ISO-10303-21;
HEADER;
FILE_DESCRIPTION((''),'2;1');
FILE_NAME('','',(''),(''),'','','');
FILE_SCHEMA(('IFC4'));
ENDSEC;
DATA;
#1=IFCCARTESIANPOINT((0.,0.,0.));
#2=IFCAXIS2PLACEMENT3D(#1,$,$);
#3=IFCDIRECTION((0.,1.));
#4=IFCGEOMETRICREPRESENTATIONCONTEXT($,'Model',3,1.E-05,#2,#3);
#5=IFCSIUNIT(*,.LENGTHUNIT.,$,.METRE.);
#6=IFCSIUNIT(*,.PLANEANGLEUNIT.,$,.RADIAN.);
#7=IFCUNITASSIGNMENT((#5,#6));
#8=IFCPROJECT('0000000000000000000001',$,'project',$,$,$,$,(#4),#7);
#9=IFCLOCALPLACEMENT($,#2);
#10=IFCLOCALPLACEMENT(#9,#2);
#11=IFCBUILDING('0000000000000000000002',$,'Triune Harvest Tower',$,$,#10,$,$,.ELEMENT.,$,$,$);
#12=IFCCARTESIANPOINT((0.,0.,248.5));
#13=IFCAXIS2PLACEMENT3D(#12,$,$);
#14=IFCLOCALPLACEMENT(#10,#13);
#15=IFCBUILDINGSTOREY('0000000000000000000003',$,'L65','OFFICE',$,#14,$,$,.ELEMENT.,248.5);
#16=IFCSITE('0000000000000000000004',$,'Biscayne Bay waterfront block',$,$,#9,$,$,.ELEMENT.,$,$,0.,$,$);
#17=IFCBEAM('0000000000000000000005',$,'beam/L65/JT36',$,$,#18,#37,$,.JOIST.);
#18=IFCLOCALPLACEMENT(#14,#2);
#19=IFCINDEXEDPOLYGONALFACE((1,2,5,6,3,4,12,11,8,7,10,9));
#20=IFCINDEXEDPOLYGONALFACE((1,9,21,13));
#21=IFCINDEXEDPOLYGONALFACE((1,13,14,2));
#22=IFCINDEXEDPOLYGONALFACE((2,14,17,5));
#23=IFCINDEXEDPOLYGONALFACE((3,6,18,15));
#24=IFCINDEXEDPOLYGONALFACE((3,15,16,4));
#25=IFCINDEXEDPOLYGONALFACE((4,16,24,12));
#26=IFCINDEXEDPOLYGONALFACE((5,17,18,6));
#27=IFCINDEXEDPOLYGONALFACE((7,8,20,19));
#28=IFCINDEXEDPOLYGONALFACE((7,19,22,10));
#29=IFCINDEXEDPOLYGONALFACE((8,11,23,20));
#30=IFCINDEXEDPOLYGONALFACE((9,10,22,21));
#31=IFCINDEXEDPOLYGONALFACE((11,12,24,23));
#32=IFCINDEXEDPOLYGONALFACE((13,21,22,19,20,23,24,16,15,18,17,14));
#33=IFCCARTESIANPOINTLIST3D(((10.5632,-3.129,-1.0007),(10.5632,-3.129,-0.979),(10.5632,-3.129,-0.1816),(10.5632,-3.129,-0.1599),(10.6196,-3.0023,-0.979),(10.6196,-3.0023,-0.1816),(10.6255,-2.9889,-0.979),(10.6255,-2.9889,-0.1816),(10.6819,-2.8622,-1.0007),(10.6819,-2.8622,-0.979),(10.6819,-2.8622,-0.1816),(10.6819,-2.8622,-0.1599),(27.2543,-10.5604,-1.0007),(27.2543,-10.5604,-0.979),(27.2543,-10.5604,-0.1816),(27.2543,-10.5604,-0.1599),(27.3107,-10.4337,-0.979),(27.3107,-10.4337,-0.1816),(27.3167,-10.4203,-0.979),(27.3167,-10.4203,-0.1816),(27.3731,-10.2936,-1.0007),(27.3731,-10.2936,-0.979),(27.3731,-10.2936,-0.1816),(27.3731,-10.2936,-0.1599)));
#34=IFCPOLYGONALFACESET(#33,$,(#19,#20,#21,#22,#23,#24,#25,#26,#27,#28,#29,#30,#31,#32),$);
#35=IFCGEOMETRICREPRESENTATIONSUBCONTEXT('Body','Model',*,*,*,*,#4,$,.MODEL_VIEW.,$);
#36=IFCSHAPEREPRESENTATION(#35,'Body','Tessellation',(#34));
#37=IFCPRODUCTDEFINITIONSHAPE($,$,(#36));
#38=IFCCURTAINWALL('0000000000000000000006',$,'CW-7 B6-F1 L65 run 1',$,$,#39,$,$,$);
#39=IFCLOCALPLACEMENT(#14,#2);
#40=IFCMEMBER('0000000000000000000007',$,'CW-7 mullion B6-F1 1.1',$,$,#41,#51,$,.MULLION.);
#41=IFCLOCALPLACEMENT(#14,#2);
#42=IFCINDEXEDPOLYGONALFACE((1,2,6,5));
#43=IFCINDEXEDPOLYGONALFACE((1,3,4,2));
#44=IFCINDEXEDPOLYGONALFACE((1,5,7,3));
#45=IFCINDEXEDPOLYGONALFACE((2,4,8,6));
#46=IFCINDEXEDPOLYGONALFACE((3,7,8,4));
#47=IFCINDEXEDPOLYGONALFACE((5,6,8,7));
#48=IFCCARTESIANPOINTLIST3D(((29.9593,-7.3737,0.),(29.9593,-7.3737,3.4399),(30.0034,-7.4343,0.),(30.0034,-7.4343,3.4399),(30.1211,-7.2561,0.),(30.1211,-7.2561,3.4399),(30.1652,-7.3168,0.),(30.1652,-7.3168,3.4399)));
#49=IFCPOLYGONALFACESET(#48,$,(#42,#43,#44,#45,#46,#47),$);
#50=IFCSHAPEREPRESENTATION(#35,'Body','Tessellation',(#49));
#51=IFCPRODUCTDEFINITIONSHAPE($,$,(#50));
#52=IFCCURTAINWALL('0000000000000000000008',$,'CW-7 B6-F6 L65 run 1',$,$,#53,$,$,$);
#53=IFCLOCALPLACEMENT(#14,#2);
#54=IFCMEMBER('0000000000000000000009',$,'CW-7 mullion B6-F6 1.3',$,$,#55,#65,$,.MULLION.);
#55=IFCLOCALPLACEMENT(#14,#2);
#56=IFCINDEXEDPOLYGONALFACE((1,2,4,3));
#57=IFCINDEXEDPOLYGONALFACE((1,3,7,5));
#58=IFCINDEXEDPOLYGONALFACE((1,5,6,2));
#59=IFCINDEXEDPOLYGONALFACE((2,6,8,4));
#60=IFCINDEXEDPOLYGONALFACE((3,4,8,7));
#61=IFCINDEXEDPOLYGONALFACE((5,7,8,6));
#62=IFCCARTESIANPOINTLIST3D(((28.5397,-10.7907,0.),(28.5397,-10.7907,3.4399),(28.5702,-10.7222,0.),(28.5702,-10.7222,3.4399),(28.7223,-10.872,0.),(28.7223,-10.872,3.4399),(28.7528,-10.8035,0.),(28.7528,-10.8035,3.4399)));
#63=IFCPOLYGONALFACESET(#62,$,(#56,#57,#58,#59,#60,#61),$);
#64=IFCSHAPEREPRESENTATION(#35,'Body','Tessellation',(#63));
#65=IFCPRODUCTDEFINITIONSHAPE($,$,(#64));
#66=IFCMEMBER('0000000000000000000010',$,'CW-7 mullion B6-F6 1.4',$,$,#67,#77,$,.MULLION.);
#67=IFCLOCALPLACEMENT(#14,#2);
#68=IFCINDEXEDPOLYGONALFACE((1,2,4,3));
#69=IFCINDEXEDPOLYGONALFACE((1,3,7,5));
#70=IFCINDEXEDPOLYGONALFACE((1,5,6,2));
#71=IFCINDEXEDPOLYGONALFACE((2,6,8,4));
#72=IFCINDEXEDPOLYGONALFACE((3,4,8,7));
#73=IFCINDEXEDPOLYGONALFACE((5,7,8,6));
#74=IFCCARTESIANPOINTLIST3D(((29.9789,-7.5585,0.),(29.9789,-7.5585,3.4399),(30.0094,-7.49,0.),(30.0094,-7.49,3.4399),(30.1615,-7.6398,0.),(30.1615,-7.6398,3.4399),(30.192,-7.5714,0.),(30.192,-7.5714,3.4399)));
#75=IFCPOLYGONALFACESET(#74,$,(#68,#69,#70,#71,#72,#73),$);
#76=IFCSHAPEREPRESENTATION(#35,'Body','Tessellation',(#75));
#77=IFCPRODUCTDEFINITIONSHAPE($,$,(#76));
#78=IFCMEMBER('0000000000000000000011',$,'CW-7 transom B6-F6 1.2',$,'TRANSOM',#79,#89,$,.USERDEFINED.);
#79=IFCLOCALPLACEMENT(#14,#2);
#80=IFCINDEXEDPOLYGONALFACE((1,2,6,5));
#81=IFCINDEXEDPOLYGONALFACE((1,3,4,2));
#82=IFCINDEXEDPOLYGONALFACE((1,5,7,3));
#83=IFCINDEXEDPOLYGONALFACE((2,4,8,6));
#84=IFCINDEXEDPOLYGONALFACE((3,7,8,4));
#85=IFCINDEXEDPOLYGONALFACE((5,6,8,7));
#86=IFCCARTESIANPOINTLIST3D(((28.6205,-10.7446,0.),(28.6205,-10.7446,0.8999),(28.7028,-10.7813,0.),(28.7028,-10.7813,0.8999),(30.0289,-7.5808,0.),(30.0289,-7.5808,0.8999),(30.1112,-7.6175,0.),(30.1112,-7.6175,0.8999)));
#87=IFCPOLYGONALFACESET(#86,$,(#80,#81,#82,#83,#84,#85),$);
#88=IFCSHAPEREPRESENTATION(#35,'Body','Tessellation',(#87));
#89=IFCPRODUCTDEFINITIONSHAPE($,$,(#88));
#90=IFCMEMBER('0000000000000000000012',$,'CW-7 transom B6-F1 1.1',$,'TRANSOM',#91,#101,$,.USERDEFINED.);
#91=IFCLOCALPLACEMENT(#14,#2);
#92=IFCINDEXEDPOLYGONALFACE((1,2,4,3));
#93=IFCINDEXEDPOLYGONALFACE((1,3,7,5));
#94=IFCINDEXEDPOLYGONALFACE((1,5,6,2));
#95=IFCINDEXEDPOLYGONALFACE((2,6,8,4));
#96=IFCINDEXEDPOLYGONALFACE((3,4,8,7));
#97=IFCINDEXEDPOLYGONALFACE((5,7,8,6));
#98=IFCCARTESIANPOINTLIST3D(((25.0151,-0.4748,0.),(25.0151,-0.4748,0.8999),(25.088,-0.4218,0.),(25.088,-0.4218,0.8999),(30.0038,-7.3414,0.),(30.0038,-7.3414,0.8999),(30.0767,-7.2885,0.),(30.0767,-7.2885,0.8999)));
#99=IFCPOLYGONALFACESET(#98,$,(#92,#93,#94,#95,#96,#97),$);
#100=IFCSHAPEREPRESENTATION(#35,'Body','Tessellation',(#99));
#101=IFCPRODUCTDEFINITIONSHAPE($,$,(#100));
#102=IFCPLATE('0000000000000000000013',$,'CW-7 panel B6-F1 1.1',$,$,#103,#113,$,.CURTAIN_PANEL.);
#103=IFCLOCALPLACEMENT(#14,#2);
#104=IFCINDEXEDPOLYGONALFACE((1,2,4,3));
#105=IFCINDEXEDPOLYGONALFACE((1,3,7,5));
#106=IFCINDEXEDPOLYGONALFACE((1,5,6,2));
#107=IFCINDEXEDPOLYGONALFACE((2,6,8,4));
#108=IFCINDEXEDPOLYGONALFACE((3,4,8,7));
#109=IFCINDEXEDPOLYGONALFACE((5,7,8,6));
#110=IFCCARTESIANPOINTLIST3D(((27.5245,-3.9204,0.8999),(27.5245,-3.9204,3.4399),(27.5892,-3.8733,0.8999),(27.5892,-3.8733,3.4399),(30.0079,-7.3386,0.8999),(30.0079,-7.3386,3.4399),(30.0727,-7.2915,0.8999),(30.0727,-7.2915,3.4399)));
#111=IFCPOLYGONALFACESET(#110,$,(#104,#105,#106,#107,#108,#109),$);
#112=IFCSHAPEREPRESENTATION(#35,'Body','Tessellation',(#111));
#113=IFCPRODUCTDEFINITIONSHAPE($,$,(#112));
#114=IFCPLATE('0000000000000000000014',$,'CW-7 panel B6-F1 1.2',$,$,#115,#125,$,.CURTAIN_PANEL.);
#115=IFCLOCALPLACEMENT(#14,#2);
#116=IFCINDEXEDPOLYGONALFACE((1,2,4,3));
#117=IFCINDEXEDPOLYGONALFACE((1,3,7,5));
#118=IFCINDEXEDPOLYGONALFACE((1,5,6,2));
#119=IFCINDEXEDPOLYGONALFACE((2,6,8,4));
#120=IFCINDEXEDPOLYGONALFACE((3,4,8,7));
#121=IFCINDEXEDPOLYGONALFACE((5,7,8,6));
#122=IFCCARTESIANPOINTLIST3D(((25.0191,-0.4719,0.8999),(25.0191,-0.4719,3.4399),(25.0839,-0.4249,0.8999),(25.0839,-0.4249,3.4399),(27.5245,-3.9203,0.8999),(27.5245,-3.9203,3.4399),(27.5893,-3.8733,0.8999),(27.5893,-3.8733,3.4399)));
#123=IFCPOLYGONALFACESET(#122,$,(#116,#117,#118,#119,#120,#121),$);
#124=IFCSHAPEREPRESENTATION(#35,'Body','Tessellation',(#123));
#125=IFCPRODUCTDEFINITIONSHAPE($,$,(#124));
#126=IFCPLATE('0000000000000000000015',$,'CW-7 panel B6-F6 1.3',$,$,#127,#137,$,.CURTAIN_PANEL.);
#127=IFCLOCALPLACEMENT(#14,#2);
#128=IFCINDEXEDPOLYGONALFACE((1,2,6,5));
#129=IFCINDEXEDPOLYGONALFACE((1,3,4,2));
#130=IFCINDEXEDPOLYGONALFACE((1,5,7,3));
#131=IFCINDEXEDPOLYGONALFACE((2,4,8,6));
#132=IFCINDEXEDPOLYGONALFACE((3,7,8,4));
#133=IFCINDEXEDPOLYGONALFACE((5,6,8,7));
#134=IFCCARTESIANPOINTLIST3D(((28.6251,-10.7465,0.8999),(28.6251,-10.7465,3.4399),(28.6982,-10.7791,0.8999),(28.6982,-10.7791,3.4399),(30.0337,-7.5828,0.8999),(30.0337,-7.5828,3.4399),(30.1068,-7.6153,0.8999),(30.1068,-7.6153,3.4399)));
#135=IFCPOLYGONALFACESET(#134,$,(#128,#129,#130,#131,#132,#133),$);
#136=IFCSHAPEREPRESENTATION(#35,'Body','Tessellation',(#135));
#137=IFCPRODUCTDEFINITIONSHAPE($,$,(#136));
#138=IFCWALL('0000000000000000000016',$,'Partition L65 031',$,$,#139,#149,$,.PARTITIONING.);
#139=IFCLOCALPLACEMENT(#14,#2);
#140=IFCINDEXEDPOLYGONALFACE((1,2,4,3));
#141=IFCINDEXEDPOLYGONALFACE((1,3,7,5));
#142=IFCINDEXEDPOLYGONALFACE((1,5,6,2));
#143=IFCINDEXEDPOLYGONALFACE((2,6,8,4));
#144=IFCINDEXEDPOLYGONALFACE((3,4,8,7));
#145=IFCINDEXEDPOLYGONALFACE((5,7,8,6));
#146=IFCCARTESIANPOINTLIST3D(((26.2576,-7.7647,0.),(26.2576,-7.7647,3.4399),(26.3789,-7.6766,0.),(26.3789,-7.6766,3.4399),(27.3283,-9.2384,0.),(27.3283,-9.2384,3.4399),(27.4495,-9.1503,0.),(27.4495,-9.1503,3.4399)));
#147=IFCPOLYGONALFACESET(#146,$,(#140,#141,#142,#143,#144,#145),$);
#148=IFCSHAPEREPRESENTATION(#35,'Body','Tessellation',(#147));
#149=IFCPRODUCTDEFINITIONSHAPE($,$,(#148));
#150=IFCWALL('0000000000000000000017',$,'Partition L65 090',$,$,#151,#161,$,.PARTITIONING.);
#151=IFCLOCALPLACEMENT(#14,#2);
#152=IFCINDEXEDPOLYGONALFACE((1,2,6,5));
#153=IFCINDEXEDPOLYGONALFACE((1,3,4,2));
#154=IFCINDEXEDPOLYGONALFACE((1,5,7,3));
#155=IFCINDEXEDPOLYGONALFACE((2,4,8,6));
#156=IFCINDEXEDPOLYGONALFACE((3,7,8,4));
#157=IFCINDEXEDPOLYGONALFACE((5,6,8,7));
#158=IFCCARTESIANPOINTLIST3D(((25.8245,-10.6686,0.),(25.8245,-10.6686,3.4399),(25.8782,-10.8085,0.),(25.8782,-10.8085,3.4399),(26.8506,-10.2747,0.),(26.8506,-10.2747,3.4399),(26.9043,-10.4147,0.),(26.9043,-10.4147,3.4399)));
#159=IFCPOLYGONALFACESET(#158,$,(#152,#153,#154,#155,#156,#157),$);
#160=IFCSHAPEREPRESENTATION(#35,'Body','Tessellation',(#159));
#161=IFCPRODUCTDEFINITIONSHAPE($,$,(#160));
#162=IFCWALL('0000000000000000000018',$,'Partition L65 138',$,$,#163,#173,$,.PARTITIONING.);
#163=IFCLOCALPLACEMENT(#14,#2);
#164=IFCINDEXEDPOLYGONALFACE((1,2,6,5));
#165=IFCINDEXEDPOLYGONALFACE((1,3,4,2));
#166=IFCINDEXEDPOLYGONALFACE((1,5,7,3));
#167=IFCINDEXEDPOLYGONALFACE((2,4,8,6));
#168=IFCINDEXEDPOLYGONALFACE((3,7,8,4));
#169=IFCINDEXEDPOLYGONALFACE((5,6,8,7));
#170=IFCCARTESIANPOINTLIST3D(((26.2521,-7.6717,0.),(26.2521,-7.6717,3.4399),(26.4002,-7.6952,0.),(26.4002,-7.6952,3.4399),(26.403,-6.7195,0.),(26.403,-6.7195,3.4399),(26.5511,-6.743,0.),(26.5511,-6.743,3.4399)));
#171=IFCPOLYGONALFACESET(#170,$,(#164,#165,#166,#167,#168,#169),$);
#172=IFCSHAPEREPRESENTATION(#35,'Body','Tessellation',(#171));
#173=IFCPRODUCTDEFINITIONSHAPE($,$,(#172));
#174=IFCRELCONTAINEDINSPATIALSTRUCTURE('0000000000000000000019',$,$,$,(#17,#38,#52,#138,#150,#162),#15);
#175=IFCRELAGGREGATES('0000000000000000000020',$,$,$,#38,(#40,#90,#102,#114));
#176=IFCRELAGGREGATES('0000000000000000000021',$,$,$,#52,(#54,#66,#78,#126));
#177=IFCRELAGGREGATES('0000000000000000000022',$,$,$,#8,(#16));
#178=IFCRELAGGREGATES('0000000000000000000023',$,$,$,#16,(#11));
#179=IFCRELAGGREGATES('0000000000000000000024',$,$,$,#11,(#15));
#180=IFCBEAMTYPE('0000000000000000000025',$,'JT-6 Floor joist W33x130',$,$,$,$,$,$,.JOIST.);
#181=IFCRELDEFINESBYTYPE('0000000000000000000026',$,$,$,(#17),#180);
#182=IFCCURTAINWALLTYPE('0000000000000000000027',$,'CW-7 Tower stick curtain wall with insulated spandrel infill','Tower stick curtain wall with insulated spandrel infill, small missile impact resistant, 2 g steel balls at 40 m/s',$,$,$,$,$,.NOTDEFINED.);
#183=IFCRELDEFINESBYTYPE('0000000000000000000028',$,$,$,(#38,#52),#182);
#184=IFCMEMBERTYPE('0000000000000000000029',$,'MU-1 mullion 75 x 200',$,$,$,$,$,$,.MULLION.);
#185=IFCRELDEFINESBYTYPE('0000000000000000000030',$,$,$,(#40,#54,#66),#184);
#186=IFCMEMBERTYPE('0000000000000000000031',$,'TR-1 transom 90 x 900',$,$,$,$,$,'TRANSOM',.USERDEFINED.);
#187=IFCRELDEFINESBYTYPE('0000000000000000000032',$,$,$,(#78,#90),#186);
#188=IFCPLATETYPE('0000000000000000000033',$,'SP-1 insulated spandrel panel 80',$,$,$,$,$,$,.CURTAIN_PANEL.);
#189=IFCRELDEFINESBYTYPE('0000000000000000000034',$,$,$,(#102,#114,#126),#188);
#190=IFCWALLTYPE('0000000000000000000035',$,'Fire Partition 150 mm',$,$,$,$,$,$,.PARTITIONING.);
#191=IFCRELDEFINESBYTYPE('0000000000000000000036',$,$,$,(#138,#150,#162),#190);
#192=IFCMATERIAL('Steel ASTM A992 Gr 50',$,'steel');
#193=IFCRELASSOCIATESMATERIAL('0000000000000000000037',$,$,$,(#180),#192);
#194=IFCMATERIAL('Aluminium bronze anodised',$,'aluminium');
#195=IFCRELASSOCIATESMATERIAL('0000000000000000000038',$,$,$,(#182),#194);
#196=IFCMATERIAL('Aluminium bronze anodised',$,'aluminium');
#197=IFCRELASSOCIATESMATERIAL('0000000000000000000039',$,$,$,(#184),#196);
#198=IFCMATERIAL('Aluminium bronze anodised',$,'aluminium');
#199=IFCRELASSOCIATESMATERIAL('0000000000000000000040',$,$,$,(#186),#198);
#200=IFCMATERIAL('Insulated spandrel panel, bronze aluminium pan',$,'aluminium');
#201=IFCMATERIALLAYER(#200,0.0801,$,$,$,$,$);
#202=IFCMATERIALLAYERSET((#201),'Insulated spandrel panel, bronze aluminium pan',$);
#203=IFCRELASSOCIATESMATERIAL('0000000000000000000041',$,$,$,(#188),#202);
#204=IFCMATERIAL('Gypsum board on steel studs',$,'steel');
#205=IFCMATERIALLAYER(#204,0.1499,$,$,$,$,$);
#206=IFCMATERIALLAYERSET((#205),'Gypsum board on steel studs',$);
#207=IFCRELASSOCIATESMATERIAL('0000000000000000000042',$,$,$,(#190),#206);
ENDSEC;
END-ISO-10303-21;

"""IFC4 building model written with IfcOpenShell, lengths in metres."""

from ifc_helpers import new_model, si_unit, direction, frame, frame_2d, origin, origin_2d, place, context, subcontext, project, spatial, rectangle, i_section, extrude, source, transform, mapped, material, layer, layer_set, material_profile, profile_set, type_object, element, aggregate, save


model = new_model("IFC4")

# Units and contexts
model_context = context("Model", 3, precision=1e-05, world=origin(), true_north=direction((0.0, 1.0)))
body_context = subcontext(model_context, "Body", "Model", "MODEL_VIEW")
ifc_project = project(units=[si_unit("LENGTHUNIT", "METRE"), si_unit("PLANEANGLEUNIT", "RADIAN")], contexts=[model_context])

# Site, building, storey
site_placement = place(None, origin())
site = spatial("IfcSite", under=ifc_project, at=site_placement, Name="Biscayne Bay waterfront block", CompositionType="ELEMENT", RefElevation=0.0)
building_placement = place(site_placement, origin())
building = spatial("IfcBuilding", under=site, at=building_placement, Name="Triune Harvest Tower", CompositionType="ELEMENT")
storey_placement = place(building_placement, frame((0.0, 0.0, 248.5)))
storey = spatial("IfcBuildingStorey", under=building, at=storey_placement, Name="L65", Description="OFFICE", CompositionType="ELEMENT", Elevation=248.5)

# Beam
ifc_material_1 = material(Name="Steel ASTM A992 Gr 50", Category="steel")
ifc_material_profile_1 = material_profile(ifc_material_1, i_section(OverallWidth=0.292, OverallDepth=0.8408, WebThickness=0.0146, FlangeThickness=0.0217, at=origin_2d()), Name="W33x130")
ifc_profile_set_1 = profile_set([ifc_material_profile_1], Name="Steel ASTM A992 Gr 50")
beam_type_1 = type_object("IfcBeamType", Name="JT-6 Floor joist W33x130", PredefinedType="JOIST", material=ifc_profile_set_1)
shared_shape_1 = source(origin(), body_context, "Body", "SweptSolid", [
    extrude(i_section(OverallWidth=0.292, OverallDepth=0.8408, WebThickness=0.0146, FlangeThickness=0.0217, at=origin_2d()), origin(), (0.0, 0.0, 1.0), 18.2708),
])
beam_1_placement = place(storey_placement, frame((27.3137, -10.427, -0.5803), z_axis=(-0.913545, 0.406737, 0.0), x_axis=(-0.406737, -0.913545, 0.0)))
element("IfcBeam", 1, at=beam_1_placement, inside=storey, type_object=beam_type_1, Name="beam/L65/JT36", PredefinedType="JOIST", context=body_context, shape_type="MappedRepresentation", body=[
    mapped(shared_shape_1, transform((0.0, 0.0, 0.0), scale=1.0)),
])

# Curtain wall, member
ifc_material_2 = material(Name="Aluminium bronze anodised", Category="aluminium")
curtain_wall_type = type_object("IfcCurtainWallType", Name="CW-7 Tower stick curtain wall with insulated spandrel infill", Description="Tower stick curtain wall with insulated spandrel infill, small missile impact resistant, 2 g steel balls at 40 m/s", PredefinedType="NOTDEFINED", material=ifc_material_2)
curtain_wall_1_placement = place(storey_placement, origin())
curtain_wall_1 = element("IfcCurtainWall", 2, at=curtain_wall_1_placement, inside=storey, type_object=curtain_wall_type, Name="CW-7 B6-F1 L65 run 1")
ifc_material_3 = material(Name="Aluminium bronze anodised", Category="aluminium")
ifc_material_profile_2 = material_profile(ifc_material_3, rectangle(XDim=0.2, YDim=0.075, at=origin_2d()), Name="MU-1 mullion 75 x 200")
ifc_profile_set_2 = profile_set([ifc_material_profile_2], Name="Aluminium bronze anodised")
member_type_1 = type_object("IfcMemberType", Name="MU-1 mullion 75 x 200", PredefinedType="MULLION", material=ifc_profile_set_2)
shared_shape_2 = source(origin(), body_context, "Body", "SweptSolid", [
    extrude(rectangle(XDim=0.2, YDim=0.075, at=origin_2d()), origin(), (0.0, 0.0, 1.0), 3.4399),
])
member_1_placement = place(storey_placement, frame((30.0623, -7.3452, 0.0), z_axis=(0.0, 0.0, 1.0), x_axis=(-0.809016, -0.587786, 0.0)))
member_1 = element("IfcMember", 3, at=member_1_placement, type_object=member_type_1, Name="CW-7 mullion B6-F1 1.1", PredefinedType="MULLION", context=body_context, shape_type="MappedRepresentation", body=[
    mapped(shared_shape_2, transform((0.0, 0.0, 0.0), scale=1.0)),
])

# Curtain wall, members
curtain_wall_2_placement = place(storey_placement, origin())
curtain_wall_2 = element("IfcCurtainWall", 4, at=curtain_wall_2_placement, inside=storey, type_object=curtain_wall_type, Name="CW-7 B6-F6 L65 run 1")
member_2_placement = place(storey_placement, frame((28.6462, -10.7971, 0.0), z_axis=(0.0, 0.0, 1.0), x_axis=(-0.913543, 0.406743, 0.0)))
member_2 = element("IfcMember", 5, at=member_2_placement, type_object=member_type_1, Name="CW-7 mullion B6-F6 1.3", PredefinedType="MULLION", context=body_context, shape_type="MappedRepresentation", body=[
    mapped(shared_shape_2, transform((0.0, 0.0, 0.0), scale=1.0)),
])
member_3_placement = place(storey_placement, frame((30.0854, -7.5649, 0.0), z_axis=(0.0, 0.0, 1.0), x_axis=(-0.913543, 0.406743, 0.0)))
member_3 = element("IfcMember", 6, at=member_3_placement, type_object=member_type_1, Name="CW-7 mullion B6-F6 1.4", PredefinedType="MULLION", context=body_context, shape_type="MappedRepresentation", body=[
    mapped(shared_shape_2, transform((0.0, 0.0, 0.0), scale=1.0)),
])
ifc_material_4 = material(Name="Aluminium bronze anodised", Category="aluminium")
ifc_material_profile_3 = material_profile(ifc_material_4, rectangle(XDim=0.0901, YDim=0.8999, at=origin_2d()), Name="TR-1 transom 90 x 900")
ifc_profile_set_3 = profile_set([ifc_material_profile_3], Name="Aluminium bronze anodised")
member_type_2 = type_object("IfcMemberType", Name="TR-1 transom 90 x 900", ElementType="TRANSOM", PredefinedType="USERDEFINED", material=ifc_profile_set_3)
shared_shape_3 = source(origin(), body_context, "Body", "SweptSolid", [
    extrude(rectangle(XDim=0.0901, YDim=0.8999, at=origin_2d()), origin(), (0.0, 0.0, 1.0), 3.4631),
])
member_4_placement = place(storey_placement, frame((28.6616, -10.7629, 0.45), z_axis=(0.406694, 0.913564, 0.0), x_axis=(-0.913564, 0.406694, 0.0)))
member_4 = element("IfcMember", 7, at=member_4_placement, type_object=member_type_2, Name="CW-7 transom B6-F6 1.2", ObjectType="TRANSOM", PredefinedType="USERDEFINED", context=body_context, shape_type="MappedRepresentation", body=[
    mapped(shared_shape_3, transform((0.0, 0.0, 0.0), scale=1.0)),
])

# Member
shared_shape_4 = source(origin(), body_context, "Body", "SweptSolid", [
    extrude(rectangle(XDim=0.0901, YDim=0.8999, at=origin_2d()), origin(), (0.0, 0.0, 1.0), 8.4875),
])
member_5_placement = place(storey_placement, frame((30.0403, -7.3149, 0.45), z_axis=(-0.587771, 0.809027, 0.0), x_axis=(-0.809027, -0.587771, 0.0)))
member_5 = element("IfcMember", 8, at=member_5_placement, type_object=member_type_2, Name="CW-7 transom B6-F1 1.1", ObjectType="TRANSOM", PredefinedType="USERDEFINED", context=body_context, shape_type="MappedRepresentation", body=[
    mapped(shared_shape_4, transform((0.0, 0.0, 0.0), scale=1.0)),
])

# Plates
ifc_material_5 = material(Name="Insulated spandrel panel, bronze aluminium pan", Category="aluminium")
ifc_layer_1 = layer(ifc_material_5, 0.0801)
ifc_layer_set_1 = layer_set([ifc_layer_1], Name="Insulated spandrel panel, bronze aluminium pan")
plate_type = type_object("IfcPlateType", Name="SP-1 insulated spandrel panel 80", PredefinedType="CURTAIN_PANEL", material=ifc_layer_set_1)
shared_shape_5 = source(origin(), body_context, "Body", "SweptSolid", [
    extrude(rectangle(XDim=4.2251, YDim=0.0801, at=origin_2d()), origin(), (0.0, 0.0, 1.0), 2.54),
])
plate_1_placement = place(storey_placement, frame((28.7986, -5.606, 0.8999), z_axis=(0.0, 0.0, 1.0), x_axis=(-0.587786, 0.809016, 0.0)))
plate_1 = element("IfcPlate", 9, at=plate_1_placement, type_object=plate_type, Name="CW-7 panel B6-F1 1.1", PredefinedType="CURTAIN_PANEL", context=body_context, shape_type="MappedRepresentation", body=[
    mapped(shared_shape_5, transform((0.0, 0.0, 0.0), scale=1.0)),
])
shared_shape_6 = source(origin(), body_context, "Body", "SweptSolid", [
    extrude(rectangle(XDim=4.2625, YDim=0.0801, at=origin_2d()), origin(), (0.0, 0.0, 1.0), 2.54),
])
plate_2_placement = place(storey_placement, frame((26.3042, -2.1726, 0.8999), z_axis=(0.0, 0.0, 1.0), x_axis=(-0.587786, 0.809016, 0.0)))
plate_2 = element("IfcPlate", 10, at=plate_2_placement, type_object=plate_type, Name="CW-7 panel B6-F1 1.2", PredefinedType="CURTAIN_PANEL", context=body_context, shape_type="MappedRepresentation", body=[
    mapped(shared_shape_6, transform((0.0, 0.0, 0.0), scale=1.0)),
])
aggregate(curtain_wall_1, [member_1, member_5, plate_1, plate_2])
shared_shape_7 = source(origin(), body_context, "Body", "SweptSolid", [
    extrude(rectangle(XDim=3.4631, YDim=0.0801, at=origin_2d()), origin(), (0.0, 0.0, 1.0), 2.54),
])
plate_3_placement = place(storey_placement, frame((29.366, -9.1809, 0.8999), z_axis=(0.0, 0.0, 1.0), x_axis=(0.406743, 0.913543, 0.0)))
plate_3 = element("IfcPlate", 11, at=plate_3_placement, type_object=plate_type, Name="CW-7 panel B6-F6 1.3", PredefinedType="CURTAIN_PANEL", context=body_context, shape_type="MappedRepresentation", body=[
    mapped(shared_shape_7, transform((0.0, 0.0, 0.0), scale=1.0)),
])
aggregate(curtain_wall_2, [member_2, member_3, member_4, plate_3])

# Walls
ifc_material_6 = material(Name="Gypsum board on steel studs", Category="steel")
ifc_layer_2 = layer(ifc_material_6, 0.1499)
ifc_layer_set_2 = layer_set([ifc_layer_2], Name="Gypsum board on steel studs")
wall_type_1 = type_object("IfcWallType", Name="Fire Partition 150 mm", PredefinedType="PARTITIONING", material=ifc_layer_set_2)
wall_1_placement = place(storey_placement, frame((26.3184, -7.7207, 0.0), z_axis=(0.0, 0.0, 1.0), x_axis=(0.587749, -0.809043, 0.0)))
element("IfcWall", 12, at=wall_1_placement, inside=storey, type_object=wall_type_1, Name="Partition L65 031", PredefinedType="PARTITIONING", context=body_context, shape_type="SweptSolid", body=[
    extrude(rectangle(XDim=1.8215, YDim=0.1499, at=frame_2d((0.9106, 0.0))), origin(), (0.0, 0.0, 1.0), 3.4399),
])
wall_2_placement = place(storey_placement, frame((25.8513, -10.7385, 0.0), z_axis=(0.0, 0.0, 1.0), x_axis=(0.933609, 0.358294, 0.0)))
element("IfcWall", 13, at=wall_2_placement, inside=storey, type_object=wall_type_1, Name="Partition L65 090", PredefinedType="PARTITIONING", context=body_context, shape_type="SweptSolid", body=[
    extrude(rectangle(XDim=1.0991, YDim=0.1499, at=frame_2d((0.5496, 0.0))), origin(), (0.0, 0.0, 1.0), 3.4399),
])
wall_3_placement = place(storey_placement, frame((26.3262, -7.6833, 0.0), z_axis=(0.0, 0.0, 1.0), x_axis=(0.156509, 0.987677, 0.0)))
element("IfcWall", 14, at=wall_3_placement, inside=storey, type_object=wall_type_1, Name="Partition L65 138", PredefinedType="PARTITIONING", context=body_context, shape_type="SweptSolid", body=[
    extrude(rectangle(XDim=0.9641, YDim=0.1499, at=frame_2d((0.4819, 0.0))), origin(), (0.0, 0.0, 1.0), 3.4399),
])

save(model, "model.ifc")
